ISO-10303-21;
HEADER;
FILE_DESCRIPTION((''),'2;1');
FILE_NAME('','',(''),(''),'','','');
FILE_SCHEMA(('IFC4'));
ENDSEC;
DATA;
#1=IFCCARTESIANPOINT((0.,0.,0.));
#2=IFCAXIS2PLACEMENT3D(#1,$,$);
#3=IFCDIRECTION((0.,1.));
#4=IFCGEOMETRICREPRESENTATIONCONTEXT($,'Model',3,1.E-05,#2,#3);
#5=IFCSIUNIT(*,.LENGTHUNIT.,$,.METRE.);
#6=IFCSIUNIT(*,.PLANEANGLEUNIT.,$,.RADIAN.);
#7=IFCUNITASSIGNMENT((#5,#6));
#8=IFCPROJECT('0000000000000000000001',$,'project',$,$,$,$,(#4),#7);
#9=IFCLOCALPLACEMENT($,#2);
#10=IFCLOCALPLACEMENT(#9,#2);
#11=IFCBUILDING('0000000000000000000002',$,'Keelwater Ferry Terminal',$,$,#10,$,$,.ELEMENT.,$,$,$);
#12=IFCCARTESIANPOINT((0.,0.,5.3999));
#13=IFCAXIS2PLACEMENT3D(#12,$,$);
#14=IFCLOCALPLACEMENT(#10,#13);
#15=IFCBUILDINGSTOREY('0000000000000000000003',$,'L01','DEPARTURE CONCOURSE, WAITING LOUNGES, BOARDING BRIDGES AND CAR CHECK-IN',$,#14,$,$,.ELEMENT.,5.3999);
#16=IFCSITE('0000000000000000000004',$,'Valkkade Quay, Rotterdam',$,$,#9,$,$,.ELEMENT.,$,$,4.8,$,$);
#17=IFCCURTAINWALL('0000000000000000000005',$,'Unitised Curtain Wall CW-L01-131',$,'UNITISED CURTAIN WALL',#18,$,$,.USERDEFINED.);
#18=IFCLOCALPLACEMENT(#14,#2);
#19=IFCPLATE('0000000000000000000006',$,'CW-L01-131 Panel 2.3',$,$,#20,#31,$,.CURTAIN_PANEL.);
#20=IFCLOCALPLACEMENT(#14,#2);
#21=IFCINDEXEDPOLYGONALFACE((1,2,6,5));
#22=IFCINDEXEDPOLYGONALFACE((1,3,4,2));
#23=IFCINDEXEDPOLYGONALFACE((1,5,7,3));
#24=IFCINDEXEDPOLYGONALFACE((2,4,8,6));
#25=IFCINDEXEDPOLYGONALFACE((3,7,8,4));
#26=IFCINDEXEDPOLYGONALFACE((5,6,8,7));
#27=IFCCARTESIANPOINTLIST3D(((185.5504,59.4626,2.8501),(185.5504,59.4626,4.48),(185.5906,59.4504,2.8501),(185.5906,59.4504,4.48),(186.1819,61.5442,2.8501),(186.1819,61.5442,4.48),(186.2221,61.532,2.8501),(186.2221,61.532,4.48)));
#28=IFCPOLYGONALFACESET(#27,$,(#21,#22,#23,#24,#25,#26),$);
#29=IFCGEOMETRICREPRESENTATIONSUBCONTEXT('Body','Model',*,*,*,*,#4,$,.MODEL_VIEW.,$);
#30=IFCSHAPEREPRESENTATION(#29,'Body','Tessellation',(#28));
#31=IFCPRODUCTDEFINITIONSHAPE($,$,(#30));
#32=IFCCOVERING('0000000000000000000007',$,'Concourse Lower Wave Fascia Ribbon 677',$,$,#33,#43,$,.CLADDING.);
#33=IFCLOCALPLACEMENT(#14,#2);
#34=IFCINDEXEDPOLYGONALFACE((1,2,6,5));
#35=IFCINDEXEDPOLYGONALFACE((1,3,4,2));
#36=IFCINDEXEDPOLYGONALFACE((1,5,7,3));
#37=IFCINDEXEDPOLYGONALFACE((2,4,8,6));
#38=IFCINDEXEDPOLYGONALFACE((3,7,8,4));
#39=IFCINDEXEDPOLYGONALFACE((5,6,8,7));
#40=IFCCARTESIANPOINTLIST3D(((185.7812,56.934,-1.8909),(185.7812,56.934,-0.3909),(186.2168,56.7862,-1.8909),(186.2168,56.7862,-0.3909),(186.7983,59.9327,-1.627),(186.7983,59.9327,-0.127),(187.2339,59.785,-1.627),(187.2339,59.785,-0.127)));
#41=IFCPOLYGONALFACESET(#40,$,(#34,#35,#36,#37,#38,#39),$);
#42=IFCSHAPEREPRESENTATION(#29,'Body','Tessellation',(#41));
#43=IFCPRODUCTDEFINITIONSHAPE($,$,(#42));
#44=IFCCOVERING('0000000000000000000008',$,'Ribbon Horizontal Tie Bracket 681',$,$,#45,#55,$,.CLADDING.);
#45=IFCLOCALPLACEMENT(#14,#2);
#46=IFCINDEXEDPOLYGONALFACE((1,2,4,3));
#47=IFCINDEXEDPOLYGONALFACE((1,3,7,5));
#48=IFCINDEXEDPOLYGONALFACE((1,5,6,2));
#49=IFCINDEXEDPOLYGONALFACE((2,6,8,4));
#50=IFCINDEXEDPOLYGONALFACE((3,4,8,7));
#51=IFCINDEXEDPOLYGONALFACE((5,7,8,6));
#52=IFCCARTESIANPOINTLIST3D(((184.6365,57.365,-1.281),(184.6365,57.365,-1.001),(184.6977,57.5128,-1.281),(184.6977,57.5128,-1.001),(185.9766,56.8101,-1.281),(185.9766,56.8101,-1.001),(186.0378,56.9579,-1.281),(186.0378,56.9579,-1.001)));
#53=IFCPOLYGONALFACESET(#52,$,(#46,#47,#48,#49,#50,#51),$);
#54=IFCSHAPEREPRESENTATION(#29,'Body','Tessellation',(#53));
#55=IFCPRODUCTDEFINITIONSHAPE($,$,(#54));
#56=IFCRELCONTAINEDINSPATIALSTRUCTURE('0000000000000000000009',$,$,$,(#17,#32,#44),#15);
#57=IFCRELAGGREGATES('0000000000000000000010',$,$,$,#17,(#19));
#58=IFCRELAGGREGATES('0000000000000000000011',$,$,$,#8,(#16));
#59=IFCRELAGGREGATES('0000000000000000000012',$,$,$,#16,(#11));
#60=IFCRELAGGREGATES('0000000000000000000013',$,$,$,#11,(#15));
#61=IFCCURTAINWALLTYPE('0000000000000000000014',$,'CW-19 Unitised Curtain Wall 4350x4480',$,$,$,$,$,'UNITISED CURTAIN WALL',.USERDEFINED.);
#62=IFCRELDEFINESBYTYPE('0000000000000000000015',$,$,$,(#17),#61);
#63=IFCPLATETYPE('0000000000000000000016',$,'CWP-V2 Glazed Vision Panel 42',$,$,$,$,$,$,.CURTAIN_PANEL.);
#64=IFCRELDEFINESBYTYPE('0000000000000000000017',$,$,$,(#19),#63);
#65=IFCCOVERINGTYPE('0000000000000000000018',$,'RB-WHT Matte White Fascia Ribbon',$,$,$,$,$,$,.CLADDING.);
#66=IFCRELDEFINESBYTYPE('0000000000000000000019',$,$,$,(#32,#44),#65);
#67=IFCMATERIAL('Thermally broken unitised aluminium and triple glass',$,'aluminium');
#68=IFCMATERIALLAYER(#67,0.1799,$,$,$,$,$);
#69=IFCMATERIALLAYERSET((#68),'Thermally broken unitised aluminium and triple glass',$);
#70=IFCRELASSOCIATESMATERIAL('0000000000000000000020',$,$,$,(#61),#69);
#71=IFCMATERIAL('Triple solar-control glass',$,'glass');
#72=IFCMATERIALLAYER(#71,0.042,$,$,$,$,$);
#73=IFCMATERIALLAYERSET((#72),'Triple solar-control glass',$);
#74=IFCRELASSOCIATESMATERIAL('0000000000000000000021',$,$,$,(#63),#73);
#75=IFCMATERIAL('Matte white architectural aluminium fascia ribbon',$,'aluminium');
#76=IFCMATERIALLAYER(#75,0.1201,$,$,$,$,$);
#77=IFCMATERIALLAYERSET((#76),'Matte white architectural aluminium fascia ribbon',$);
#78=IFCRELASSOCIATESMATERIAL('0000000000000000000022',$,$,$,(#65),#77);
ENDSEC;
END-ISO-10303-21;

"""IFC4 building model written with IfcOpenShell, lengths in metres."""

from ifc_helpers import new_model, si_unit, direction, frame, frame_2d, origin, origin_2d, place, context, subcontext, project, spatial, polyline, rectangle, outline, extrude, material, layer, layer_set, type_object, element, aggregate, save


model = new_model("IFC4")

# Units and contexts
model_context = context("Model", 3, precision=1e-05, world=origin(), true_north=direction((0.0, 1.0)))
body_context = subcontext(model_context, "Body", "Model", "MODEL_VIEW")
ifc_project = project(units=[si_unit("LENGTHUNIT", "METRE"), si_unit("PLANEANGLEUNIT", "RADIAN")], contexts=[model_context])

# Site, building, storey
site_placement = place(None, origin())
site = spatial("IfcSite", under=ifc_project, at=site_placement, Name="Valkkade Quay, Rotterdam", CompositionType="ELEMENT", RefElevation=4.8)
building_placement = place(site_placement, origin())
building = spatial("IfcBuilding", under=site, at=building_placement, Name="Keelwater Ferry Terminal", CompositionType="ELEMENT")
storey_placement = place(building_placement, frame((0.0, 0.0, 5.3999)))
storey = spatial("IfcBuildingStorey", under=building, at=storey_placement, Name="L01", Description="DEPARTURE CONCOURSE, WAITING LOUNGES, BOARDING BRIDGES AND CAR CHECK-IN", CompositionType="ELEMENT", Elevation=5.3999)

# Shared definitions
ifc_material_1 = material(Name="Thermally broken unitised aluminium and triple glass", Category="aluminium")
ifc_layer_1 = layer(ifc_material_1, 0.1799)
ifc_layer_set_1 = layer_set([ifc_layer_1], Name="Thermally broken unitised aluminium and triple glass")
curtain_wall_type = type_object("IfcCurtainWallType", Name="CW-19 Unitised Curtain Wall 4350x4480", ElementType="UNITISED CURTAIN WALL", PredefinedType="USERDEFINED", material=ifc_layer_set_1)

# Curtain wall
curtain_wall_1_placement = place(storey_placement, origin())
curtain_wall_1 = element("IfcCurtainWall", 1, at=curtain_wall_1_placement, inside=storey, type_object=curtain_wall_type, Name="Unitised Curtain Wall CW-L01-131", ObjectType="UNITISED CURTAIN WALL", PredefinedType="USERDEFINED")

# Plate
ifc_material_2 = material(Name="Triple solar-control glass", Category="glass")
ifc_layer_2 = layer(ifc_material_2, 0.042)
ifc_layer_set_2 = layer_set([ifc_layer_2], Name="Triple solar-control glass")
plate_type_1 = type_object("IfcPlateType", Name="CWP-V2 Glazed Vision Panel 42", PredefinedType="CURTAIN_PANEL", material=ifc_layer_set_2)
plate_1_placement = place(storey_placement, frame((185.8862, 60.4973, 2.8501), z_axis=(0.0, 0.0, 1.0), x_axis=(0.29032, 0.95693, 0.0)))
plate_1 = element("IfcPlate", 2, at=plate_1_placement, type_object=plate_type_1, Name="CW-L01-131 Panel 2.3", PredefinedType="CURTAIN_PANEL", context=body_context, shape_type="SweptSolid", body=[
    extrude(rectangle(XDim=2.1753, YDim=0.042, at=origin_2d()), origin(), (0.0, 0.0, 1.0), 1.6299),
])
aggregate(curtain_wall_1, [plate_1])

# Coverings
ifc_material_3 = material(Name="Matte white architectural aluminium fascia ribbon", Category="aluminium")
ifc_layer_3 = layer(ifc_material_3, 0.1201)
ifc_layer_set_3 = layer_set([ifc_layer_3], Name="Matte white architectural aluminium fascia ribbon")
covering_type = type_object("IfcCoveringType", Name="RB-WHT Matte White Fascia Ribbon", PredefinedType="CLADDING", material=ifc_layer_set_3)
covering_1_placement = place(storey_placement, frame((185.999, 56.8601, -1.8909), z_axis=(0.0, 0.0, 1.0), x_axis=(0.321196, 0.947013, 0.0)))
element("IfcCovering", 3, at=covering_1_placement, inside=storey, type_object=covering_type, Name="Concourse Lower Wave Fascia Ribbon 677", PredefinedType="CLADDING", context=body_context, shape_type="SweptSolid", body=[
    extrude(outline(polyline([(0.0, 0.0), (3.1665, 0.2639), (3.1665, 1.7639), (0.0, 1.5), (0.0, 0.0)])), frame((0.0, 0.23, 0.0), z_axis=(0.0, -1.0, 0.0), x_axis=(1.0, 0.0, 0.0)), (0.0, 0.0, 1.0), 0.46),
])
covering_2_placement = place(storey_placement, frame((186.0071, 56.884, -1.281), z_axis=(0.0, 0.0, 1.0), x_axis=(-0.923916, 0.382595, 0.0)))
element("IfcCovering", 4, at=covering_2_placement, inside=storey, type_object=covering_type, Name="Ribbon Horizontal Tie Bracket 681", PredefinedType="CLADDING", context=body_context, shape_type="SweptSolid", body=[
    extrude(rectangle(XDim=1.4504, YDim=0.1599, at=frame_2d((0.7251, 0.0))), origin(), (0.0, 0.0, 1.0), 0.28),
])

save(model, "model.ifc")
